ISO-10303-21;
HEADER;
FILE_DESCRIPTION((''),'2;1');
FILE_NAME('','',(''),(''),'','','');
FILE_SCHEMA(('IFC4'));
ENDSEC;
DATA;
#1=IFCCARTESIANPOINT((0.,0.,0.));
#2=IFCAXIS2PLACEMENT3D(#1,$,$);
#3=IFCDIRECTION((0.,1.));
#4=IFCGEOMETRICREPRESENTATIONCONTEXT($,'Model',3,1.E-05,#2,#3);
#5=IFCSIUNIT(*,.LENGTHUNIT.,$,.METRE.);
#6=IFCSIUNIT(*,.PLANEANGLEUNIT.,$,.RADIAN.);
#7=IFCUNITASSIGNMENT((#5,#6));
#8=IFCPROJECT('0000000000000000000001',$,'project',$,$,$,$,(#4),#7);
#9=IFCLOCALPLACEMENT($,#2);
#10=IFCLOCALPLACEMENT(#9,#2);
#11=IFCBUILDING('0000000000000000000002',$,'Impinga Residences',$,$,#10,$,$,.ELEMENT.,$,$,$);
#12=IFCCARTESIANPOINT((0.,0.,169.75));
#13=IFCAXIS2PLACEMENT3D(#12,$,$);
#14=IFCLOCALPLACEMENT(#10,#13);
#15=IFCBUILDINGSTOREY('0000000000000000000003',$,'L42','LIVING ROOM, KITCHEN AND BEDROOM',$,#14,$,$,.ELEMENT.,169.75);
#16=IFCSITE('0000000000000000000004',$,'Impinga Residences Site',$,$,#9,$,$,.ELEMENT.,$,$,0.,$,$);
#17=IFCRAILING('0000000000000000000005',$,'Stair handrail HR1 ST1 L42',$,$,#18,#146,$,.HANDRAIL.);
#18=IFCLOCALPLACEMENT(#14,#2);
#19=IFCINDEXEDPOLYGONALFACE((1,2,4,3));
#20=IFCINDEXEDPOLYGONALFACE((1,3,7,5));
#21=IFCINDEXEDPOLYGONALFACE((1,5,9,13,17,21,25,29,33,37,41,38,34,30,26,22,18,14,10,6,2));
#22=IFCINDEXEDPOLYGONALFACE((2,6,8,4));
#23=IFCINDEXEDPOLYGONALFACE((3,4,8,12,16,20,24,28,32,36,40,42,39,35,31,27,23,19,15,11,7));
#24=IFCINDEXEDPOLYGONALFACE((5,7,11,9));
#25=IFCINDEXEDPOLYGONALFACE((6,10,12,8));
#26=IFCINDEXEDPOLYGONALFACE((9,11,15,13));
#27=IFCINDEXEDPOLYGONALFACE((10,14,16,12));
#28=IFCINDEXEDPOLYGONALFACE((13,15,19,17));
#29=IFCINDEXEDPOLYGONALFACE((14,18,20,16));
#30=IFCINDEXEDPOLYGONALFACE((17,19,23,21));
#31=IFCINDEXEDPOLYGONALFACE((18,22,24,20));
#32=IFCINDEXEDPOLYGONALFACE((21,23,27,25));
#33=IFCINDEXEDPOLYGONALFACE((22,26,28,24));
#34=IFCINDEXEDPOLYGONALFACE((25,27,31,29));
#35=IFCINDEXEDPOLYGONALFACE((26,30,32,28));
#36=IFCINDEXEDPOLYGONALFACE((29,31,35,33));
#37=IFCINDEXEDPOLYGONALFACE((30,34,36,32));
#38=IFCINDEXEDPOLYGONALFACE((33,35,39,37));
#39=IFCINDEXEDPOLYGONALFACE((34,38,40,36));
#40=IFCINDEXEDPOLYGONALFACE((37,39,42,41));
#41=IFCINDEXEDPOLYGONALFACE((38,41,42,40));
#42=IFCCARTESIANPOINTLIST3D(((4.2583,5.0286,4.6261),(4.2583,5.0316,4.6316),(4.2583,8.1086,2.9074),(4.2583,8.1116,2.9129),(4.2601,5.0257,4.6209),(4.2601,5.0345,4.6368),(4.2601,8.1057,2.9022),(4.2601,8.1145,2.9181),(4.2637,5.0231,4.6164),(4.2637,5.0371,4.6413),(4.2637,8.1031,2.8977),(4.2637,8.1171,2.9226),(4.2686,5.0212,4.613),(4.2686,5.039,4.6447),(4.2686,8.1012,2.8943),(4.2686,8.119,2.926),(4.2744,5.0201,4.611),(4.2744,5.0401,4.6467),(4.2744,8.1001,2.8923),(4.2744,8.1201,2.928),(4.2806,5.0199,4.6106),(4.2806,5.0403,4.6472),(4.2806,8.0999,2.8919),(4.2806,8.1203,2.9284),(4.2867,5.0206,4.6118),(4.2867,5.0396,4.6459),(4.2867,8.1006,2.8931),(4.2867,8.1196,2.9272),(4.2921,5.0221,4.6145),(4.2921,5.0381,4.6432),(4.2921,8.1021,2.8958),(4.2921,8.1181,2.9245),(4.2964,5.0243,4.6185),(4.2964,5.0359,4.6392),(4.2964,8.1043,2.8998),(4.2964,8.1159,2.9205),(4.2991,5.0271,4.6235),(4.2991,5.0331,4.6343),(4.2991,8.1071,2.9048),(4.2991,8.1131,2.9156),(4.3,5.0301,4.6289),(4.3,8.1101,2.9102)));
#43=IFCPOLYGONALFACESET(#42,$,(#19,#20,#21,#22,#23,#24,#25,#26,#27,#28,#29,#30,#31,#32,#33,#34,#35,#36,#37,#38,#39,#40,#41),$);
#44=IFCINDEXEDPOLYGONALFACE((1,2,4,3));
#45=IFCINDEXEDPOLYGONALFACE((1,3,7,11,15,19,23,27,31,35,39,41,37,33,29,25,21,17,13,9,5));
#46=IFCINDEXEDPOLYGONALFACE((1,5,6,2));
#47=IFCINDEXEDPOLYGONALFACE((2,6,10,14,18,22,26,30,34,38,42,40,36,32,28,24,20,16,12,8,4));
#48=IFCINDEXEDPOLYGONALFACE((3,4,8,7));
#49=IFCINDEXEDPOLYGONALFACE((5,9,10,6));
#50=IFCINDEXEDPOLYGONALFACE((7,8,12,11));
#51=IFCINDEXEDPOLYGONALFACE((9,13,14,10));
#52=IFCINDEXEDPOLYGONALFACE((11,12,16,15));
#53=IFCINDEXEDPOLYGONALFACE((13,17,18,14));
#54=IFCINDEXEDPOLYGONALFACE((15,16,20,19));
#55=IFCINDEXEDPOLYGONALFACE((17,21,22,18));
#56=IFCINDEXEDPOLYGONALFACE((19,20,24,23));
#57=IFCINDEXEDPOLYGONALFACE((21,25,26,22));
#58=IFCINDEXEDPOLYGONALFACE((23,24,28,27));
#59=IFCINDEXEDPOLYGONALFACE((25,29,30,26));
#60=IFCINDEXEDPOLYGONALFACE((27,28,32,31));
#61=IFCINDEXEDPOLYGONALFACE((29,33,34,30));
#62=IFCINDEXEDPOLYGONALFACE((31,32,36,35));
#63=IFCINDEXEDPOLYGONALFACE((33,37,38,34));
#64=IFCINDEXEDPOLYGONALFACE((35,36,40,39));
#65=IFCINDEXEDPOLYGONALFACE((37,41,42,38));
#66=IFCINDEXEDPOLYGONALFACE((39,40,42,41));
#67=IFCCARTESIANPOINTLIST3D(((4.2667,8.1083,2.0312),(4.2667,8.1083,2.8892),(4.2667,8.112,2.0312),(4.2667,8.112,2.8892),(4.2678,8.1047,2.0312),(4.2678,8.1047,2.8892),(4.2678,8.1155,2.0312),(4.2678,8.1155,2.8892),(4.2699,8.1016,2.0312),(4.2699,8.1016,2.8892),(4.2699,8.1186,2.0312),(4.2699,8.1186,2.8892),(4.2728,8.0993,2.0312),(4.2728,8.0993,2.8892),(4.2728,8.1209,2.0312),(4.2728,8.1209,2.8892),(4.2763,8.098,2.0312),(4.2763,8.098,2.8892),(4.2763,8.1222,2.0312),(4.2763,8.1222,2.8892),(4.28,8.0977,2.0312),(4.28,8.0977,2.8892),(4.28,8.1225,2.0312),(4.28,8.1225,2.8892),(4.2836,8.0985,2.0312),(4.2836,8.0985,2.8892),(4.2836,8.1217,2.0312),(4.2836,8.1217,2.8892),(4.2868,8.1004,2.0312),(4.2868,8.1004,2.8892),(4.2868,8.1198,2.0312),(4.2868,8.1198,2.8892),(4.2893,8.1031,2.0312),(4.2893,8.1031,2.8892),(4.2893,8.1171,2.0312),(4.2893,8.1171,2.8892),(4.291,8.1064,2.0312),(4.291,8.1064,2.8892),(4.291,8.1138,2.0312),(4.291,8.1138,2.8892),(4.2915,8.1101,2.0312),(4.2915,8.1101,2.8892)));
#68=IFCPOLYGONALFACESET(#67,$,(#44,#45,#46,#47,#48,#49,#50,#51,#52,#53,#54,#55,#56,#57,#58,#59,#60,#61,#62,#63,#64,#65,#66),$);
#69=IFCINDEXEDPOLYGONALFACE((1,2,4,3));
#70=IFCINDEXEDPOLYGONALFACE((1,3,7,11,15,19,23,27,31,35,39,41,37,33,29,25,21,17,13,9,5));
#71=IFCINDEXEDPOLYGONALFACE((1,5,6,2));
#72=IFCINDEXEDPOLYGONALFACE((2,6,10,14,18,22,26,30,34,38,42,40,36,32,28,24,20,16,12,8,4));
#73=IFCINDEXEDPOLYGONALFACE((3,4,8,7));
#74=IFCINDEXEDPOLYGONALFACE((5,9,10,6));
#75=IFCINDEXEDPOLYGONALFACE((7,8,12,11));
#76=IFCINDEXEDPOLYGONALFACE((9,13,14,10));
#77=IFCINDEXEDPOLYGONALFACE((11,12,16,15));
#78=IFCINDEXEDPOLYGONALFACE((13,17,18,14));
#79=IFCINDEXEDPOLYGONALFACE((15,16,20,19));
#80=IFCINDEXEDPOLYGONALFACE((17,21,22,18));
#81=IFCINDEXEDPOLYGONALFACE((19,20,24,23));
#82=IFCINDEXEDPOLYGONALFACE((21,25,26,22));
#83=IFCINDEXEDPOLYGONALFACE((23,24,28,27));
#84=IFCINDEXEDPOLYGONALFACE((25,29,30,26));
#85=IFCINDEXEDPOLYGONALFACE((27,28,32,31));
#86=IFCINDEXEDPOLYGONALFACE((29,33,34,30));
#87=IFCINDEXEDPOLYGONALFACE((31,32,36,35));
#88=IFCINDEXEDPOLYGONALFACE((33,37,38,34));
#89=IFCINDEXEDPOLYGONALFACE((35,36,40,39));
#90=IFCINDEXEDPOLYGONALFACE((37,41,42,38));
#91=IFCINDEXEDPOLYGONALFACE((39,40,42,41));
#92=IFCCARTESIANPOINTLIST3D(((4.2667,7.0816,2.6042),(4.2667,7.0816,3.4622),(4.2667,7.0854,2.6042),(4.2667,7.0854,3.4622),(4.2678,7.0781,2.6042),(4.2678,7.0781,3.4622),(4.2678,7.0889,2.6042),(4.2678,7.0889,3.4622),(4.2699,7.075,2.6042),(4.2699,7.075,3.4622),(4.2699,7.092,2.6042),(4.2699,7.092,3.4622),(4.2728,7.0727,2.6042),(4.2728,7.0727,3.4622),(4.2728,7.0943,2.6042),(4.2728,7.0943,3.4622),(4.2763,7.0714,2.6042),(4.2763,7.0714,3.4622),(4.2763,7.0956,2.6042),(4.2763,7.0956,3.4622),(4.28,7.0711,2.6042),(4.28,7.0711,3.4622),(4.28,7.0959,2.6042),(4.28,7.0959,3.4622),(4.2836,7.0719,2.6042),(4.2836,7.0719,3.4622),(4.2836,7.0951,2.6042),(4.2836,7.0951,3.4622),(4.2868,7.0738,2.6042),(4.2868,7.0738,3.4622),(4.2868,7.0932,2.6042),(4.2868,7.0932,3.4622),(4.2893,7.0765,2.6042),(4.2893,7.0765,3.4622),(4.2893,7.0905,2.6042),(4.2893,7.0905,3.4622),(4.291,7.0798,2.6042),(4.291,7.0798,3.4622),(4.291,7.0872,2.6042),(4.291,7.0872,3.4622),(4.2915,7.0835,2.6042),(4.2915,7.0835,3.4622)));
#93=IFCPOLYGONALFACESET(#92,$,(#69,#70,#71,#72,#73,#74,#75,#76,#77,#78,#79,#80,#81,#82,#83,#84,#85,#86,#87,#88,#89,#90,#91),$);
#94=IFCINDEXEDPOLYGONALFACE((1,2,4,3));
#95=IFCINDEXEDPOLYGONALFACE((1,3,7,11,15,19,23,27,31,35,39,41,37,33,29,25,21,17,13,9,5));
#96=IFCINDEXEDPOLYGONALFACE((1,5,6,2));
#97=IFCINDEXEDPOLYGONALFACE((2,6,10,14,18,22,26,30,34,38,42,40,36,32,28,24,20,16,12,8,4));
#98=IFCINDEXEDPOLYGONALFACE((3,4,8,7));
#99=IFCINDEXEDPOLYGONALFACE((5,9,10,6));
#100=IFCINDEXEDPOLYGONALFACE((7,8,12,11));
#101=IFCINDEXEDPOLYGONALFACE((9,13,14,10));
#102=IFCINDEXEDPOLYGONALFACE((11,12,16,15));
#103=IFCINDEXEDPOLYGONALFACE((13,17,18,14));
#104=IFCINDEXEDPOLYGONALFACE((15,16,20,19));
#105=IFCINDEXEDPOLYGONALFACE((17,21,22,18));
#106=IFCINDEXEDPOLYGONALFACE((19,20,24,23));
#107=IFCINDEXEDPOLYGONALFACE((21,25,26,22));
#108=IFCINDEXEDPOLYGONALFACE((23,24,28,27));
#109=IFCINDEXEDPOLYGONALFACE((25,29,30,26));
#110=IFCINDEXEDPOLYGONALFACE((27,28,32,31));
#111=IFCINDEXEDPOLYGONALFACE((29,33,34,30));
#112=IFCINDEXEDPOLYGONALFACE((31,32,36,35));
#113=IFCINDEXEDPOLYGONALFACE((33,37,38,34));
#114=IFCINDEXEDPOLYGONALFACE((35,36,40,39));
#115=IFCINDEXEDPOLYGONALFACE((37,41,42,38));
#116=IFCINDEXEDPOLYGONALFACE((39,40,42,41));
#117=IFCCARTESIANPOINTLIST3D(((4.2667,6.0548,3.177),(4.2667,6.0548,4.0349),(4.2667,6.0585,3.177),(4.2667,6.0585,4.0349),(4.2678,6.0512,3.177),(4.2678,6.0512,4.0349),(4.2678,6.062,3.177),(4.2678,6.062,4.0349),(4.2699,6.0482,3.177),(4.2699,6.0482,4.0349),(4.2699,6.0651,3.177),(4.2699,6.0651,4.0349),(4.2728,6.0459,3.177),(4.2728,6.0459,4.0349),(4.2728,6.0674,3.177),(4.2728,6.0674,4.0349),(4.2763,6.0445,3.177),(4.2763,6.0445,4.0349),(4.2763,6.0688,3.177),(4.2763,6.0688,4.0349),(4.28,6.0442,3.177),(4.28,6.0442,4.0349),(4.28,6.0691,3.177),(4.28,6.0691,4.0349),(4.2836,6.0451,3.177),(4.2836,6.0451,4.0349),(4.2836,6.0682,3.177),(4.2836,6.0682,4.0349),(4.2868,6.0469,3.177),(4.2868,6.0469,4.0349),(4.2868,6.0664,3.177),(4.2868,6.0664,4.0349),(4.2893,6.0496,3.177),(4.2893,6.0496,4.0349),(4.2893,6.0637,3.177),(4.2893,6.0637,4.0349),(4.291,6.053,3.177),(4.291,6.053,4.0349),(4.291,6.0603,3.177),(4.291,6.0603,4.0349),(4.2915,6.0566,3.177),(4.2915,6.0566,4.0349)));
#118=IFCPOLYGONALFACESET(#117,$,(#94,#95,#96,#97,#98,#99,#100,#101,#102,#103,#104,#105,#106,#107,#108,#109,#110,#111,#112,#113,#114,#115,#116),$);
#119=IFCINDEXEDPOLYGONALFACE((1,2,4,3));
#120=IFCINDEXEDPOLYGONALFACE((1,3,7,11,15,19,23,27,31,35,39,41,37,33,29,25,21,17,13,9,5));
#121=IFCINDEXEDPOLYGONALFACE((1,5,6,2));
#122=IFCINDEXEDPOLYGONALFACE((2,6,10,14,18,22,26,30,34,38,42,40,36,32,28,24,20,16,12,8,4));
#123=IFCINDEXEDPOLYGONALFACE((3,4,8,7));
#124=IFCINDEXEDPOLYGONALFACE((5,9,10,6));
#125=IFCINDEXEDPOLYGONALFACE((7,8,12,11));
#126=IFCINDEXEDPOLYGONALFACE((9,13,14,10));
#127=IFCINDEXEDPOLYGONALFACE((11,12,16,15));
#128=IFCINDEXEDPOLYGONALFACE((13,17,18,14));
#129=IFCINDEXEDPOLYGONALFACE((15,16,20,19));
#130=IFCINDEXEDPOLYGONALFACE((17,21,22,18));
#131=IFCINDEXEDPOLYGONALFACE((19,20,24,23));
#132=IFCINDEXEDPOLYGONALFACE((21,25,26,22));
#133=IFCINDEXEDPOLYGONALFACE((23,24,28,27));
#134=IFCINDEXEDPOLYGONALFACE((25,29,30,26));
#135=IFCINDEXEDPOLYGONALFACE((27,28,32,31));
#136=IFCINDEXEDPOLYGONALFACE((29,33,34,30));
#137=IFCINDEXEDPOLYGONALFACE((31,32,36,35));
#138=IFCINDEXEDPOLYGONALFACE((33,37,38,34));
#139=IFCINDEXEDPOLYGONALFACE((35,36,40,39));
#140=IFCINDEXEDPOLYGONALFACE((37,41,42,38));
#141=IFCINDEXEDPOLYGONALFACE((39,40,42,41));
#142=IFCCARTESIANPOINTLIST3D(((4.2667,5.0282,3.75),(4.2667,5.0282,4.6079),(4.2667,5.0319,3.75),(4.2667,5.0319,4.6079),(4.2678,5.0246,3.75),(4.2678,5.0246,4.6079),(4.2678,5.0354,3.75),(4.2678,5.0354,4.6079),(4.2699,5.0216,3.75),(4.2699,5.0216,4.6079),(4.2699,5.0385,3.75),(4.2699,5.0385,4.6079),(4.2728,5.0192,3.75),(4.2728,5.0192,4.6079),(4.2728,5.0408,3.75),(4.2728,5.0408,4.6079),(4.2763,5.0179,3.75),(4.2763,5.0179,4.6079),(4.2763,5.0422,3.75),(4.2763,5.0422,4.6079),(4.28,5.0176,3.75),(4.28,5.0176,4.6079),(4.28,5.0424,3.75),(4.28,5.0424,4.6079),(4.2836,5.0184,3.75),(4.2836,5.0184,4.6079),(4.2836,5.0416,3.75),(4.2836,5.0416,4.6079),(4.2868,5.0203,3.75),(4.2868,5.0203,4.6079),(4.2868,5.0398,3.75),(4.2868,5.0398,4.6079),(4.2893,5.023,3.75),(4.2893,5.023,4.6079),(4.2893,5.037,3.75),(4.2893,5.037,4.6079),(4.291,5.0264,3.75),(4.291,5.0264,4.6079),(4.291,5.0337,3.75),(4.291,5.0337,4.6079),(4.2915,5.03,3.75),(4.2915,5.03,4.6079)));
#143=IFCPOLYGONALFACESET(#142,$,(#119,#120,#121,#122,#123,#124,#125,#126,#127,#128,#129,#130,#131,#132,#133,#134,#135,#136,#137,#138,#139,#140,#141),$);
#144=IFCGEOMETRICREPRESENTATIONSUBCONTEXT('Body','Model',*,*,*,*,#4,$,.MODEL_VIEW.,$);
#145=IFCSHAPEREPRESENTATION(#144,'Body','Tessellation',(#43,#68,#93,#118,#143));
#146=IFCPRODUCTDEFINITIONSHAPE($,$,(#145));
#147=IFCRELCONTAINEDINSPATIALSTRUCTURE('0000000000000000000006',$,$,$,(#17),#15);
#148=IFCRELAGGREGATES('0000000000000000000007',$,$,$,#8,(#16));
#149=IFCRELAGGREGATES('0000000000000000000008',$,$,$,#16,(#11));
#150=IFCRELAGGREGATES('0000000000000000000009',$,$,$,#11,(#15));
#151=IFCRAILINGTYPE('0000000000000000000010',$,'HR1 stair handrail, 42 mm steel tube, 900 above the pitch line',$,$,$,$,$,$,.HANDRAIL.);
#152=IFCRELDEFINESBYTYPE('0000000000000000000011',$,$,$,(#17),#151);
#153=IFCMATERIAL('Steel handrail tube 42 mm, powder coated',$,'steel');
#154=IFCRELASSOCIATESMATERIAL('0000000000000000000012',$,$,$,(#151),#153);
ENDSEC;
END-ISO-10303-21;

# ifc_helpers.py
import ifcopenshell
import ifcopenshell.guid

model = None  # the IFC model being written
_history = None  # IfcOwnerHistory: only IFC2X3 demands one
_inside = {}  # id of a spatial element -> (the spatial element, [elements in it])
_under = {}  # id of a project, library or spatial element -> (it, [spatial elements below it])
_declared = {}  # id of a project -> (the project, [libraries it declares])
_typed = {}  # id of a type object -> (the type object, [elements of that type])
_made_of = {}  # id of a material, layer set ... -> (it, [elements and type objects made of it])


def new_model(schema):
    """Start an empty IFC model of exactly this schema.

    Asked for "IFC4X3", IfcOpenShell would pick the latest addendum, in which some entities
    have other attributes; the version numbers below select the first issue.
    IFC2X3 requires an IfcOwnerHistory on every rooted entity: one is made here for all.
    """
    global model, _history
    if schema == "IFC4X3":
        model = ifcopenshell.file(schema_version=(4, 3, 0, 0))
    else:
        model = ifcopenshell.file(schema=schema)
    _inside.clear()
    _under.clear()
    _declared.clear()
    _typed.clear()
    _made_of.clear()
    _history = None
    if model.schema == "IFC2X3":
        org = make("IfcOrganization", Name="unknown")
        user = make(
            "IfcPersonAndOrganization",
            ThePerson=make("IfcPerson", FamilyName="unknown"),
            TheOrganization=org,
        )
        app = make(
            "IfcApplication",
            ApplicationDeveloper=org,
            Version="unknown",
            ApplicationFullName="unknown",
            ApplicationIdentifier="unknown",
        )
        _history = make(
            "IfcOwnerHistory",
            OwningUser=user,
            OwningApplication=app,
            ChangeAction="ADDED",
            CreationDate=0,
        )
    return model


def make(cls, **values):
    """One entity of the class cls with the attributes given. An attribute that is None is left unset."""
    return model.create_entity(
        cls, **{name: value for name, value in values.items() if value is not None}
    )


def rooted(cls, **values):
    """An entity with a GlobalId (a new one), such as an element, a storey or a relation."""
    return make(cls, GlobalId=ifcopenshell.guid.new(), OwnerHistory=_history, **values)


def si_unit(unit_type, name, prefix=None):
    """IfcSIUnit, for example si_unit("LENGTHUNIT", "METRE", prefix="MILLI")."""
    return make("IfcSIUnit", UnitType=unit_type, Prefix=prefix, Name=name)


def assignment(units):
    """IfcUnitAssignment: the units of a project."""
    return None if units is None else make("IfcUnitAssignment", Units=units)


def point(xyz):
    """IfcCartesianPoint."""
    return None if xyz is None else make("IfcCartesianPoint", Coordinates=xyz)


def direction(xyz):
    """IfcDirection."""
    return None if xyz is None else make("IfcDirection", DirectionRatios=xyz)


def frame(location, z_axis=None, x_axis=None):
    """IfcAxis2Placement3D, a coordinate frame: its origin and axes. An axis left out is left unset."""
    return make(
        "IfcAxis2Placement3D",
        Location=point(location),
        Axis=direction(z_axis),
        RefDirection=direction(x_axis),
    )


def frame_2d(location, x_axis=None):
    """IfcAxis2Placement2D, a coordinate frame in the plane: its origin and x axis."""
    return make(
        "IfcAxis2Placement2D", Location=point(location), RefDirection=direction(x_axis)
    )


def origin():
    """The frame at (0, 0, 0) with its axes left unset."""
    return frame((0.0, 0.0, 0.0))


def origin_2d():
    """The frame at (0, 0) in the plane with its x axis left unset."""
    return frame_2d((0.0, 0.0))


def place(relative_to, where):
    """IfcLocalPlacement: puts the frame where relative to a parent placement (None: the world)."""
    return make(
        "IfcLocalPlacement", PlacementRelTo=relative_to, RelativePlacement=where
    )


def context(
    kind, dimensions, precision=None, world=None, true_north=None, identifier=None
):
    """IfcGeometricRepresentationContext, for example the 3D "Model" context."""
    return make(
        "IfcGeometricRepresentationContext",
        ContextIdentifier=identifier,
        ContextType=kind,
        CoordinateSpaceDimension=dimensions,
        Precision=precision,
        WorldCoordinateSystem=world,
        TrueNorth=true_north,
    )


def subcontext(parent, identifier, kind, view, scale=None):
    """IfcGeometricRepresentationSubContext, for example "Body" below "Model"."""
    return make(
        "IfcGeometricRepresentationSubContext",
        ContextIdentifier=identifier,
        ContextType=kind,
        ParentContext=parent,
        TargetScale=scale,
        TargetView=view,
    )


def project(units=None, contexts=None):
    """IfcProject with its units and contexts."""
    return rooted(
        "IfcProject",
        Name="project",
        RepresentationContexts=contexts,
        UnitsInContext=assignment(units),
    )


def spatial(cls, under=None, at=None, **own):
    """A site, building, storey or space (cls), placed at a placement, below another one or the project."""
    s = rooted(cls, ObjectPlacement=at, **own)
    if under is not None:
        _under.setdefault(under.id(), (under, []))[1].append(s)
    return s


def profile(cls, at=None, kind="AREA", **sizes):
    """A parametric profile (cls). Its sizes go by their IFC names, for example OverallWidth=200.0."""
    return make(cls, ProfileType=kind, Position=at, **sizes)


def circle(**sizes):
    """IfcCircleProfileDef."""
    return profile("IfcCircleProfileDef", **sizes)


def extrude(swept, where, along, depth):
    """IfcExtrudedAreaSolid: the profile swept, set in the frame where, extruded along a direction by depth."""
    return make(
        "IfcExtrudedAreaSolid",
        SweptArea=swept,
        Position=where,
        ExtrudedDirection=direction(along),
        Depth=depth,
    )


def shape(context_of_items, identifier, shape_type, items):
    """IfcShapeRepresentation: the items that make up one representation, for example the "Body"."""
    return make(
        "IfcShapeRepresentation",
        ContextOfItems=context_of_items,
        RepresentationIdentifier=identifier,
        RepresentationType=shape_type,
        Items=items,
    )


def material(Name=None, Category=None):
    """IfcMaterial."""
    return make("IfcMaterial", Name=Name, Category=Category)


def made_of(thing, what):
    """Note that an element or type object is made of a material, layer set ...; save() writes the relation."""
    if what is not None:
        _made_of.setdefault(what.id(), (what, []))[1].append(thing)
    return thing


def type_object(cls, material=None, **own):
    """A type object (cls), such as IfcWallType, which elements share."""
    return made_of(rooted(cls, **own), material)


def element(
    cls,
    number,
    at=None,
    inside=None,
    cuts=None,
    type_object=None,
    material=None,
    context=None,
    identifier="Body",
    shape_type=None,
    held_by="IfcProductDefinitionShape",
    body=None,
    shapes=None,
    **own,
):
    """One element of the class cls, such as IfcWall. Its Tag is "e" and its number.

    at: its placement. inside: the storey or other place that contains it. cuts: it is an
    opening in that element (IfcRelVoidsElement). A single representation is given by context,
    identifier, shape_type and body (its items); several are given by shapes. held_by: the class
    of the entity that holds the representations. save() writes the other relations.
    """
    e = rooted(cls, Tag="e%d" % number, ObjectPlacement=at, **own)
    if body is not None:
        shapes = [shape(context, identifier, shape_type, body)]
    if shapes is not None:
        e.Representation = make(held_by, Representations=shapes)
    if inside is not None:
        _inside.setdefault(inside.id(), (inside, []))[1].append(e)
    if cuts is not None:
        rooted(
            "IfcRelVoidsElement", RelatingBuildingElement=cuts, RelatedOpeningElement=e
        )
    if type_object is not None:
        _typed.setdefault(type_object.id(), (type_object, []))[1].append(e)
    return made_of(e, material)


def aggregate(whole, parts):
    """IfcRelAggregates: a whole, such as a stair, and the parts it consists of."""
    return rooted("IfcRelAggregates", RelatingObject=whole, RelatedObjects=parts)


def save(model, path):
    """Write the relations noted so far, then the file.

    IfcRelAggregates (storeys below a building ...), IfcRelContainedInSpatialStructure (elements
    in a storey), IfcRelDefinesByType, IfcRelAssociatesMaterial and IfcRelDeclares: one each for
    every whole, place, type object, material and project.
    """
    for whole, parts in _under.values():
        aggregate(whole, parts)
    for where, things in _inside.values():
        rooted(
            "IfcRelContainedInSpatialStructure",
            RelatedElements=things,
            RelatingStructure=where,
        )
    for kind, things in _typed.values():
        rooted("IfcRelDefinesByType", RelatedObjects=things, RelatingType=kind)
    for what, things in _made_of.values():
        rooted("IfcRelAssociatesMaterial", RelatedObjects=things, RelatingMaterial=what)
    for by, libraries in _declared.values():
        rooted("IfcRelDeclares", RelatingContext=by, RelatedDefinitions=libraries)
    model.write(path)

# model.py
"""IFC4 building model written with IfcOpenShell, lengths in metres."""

from ifc_helpers import new_model, si_unit, direction, frame, origin, origin_2d, place, context, subcontext, project, spatial, circle, extrude, material, type_object, element, save


model = new_model("IFC4")

# Units and contexts
model_context = context("Model", 3, precision=1e-05, world=origin(), true_north=direction((0.0, 1.0)))
body_context = subcontext(model_context, "Body", "Model", "MODEL_VIEW")
ifc_project = project(units=[si_unit("LENGTHUNIT", "METRE"), si_unit("PLANEANGLEUNIT", "RADIAN")], contexts=[model_context])

# Site, building, storey
site_placement = place(None, origin())
site = spatial("IfcSite", under=ifc_project, at=site_placement, Name="Impinga Residences Site", CompositionType="ELEMENT", RefElevation=0.0)
building_placement = place(site_placement, origin())
building = spatial("IfcBuilding", under=site, at=building_placement, Name="Impinga Residences", CompositionType="ELEMENT")
storey_placement = place(building_placement, frame((0.0, 0.0, 169.75)))
storey = spatial("IfcBuildingStorey", under=building, at=storey_placement, Name="L42", Description="LIVING ROOM, KITCHEN AND BEDROOM", CompositionType="ELEMENT", Elevation=169.75)

# Railing
ifc_material_1 = material(Name="Steel handrail tube 42 mm, powder coated", Category="steel")
railing_type_1 = type_object("IfcRailingType", Name="HR1 stair handrail, 42 mm steel tube, 900 above the pitch line", PredefinedType="HANDRAIL", material=ifc_material_1)
railing_1_placement = place(storey_placement, frame((4.2791, 8.1101, 2.0312)))
element("IfcRailing", 1, at=railing_1_placement, inside=storey, type_object=railing_type_1, Name="Stair handrail HR1 ST1 L42", PredefinedType="HANDRAIL", context=body_context, shape_type="SweptSolid", body=[
    extrude(circle(Radius=0.021, at=origin_2d()), frame((0.0, 0.0, 0.8789), z_axis=(0.0, -0.873242, 0.487288), x_axis=(1.0, 0.0, 0.0)), (0.0, 0.0, 1.0), 3.5271),
    extrude(circle(Radius=0.0125, at=origin_2d()), origin(), (0.0, 0.0, 1.0), 0.8579),
    extrude(circle(Radius=0.0125, at=origin_2d()), frame((0.0, -1.0266, 0.573)), (0.0, 0.0, 1.0), 0.8579),
    extrude(circle(Radius=0.0125, at=origin_2d()), frame((0.0, -2.0535, 1.1458)), (0.0, 0.0, 1.0), 0.8579),
    extrude(circle(Radius=0.0125, at=origin_2d()), frame((0.0, -3.0801, 1.7188)), (0.0, 0.0, 1.0), 0.8579),
])

save(model, "model.ifc")
